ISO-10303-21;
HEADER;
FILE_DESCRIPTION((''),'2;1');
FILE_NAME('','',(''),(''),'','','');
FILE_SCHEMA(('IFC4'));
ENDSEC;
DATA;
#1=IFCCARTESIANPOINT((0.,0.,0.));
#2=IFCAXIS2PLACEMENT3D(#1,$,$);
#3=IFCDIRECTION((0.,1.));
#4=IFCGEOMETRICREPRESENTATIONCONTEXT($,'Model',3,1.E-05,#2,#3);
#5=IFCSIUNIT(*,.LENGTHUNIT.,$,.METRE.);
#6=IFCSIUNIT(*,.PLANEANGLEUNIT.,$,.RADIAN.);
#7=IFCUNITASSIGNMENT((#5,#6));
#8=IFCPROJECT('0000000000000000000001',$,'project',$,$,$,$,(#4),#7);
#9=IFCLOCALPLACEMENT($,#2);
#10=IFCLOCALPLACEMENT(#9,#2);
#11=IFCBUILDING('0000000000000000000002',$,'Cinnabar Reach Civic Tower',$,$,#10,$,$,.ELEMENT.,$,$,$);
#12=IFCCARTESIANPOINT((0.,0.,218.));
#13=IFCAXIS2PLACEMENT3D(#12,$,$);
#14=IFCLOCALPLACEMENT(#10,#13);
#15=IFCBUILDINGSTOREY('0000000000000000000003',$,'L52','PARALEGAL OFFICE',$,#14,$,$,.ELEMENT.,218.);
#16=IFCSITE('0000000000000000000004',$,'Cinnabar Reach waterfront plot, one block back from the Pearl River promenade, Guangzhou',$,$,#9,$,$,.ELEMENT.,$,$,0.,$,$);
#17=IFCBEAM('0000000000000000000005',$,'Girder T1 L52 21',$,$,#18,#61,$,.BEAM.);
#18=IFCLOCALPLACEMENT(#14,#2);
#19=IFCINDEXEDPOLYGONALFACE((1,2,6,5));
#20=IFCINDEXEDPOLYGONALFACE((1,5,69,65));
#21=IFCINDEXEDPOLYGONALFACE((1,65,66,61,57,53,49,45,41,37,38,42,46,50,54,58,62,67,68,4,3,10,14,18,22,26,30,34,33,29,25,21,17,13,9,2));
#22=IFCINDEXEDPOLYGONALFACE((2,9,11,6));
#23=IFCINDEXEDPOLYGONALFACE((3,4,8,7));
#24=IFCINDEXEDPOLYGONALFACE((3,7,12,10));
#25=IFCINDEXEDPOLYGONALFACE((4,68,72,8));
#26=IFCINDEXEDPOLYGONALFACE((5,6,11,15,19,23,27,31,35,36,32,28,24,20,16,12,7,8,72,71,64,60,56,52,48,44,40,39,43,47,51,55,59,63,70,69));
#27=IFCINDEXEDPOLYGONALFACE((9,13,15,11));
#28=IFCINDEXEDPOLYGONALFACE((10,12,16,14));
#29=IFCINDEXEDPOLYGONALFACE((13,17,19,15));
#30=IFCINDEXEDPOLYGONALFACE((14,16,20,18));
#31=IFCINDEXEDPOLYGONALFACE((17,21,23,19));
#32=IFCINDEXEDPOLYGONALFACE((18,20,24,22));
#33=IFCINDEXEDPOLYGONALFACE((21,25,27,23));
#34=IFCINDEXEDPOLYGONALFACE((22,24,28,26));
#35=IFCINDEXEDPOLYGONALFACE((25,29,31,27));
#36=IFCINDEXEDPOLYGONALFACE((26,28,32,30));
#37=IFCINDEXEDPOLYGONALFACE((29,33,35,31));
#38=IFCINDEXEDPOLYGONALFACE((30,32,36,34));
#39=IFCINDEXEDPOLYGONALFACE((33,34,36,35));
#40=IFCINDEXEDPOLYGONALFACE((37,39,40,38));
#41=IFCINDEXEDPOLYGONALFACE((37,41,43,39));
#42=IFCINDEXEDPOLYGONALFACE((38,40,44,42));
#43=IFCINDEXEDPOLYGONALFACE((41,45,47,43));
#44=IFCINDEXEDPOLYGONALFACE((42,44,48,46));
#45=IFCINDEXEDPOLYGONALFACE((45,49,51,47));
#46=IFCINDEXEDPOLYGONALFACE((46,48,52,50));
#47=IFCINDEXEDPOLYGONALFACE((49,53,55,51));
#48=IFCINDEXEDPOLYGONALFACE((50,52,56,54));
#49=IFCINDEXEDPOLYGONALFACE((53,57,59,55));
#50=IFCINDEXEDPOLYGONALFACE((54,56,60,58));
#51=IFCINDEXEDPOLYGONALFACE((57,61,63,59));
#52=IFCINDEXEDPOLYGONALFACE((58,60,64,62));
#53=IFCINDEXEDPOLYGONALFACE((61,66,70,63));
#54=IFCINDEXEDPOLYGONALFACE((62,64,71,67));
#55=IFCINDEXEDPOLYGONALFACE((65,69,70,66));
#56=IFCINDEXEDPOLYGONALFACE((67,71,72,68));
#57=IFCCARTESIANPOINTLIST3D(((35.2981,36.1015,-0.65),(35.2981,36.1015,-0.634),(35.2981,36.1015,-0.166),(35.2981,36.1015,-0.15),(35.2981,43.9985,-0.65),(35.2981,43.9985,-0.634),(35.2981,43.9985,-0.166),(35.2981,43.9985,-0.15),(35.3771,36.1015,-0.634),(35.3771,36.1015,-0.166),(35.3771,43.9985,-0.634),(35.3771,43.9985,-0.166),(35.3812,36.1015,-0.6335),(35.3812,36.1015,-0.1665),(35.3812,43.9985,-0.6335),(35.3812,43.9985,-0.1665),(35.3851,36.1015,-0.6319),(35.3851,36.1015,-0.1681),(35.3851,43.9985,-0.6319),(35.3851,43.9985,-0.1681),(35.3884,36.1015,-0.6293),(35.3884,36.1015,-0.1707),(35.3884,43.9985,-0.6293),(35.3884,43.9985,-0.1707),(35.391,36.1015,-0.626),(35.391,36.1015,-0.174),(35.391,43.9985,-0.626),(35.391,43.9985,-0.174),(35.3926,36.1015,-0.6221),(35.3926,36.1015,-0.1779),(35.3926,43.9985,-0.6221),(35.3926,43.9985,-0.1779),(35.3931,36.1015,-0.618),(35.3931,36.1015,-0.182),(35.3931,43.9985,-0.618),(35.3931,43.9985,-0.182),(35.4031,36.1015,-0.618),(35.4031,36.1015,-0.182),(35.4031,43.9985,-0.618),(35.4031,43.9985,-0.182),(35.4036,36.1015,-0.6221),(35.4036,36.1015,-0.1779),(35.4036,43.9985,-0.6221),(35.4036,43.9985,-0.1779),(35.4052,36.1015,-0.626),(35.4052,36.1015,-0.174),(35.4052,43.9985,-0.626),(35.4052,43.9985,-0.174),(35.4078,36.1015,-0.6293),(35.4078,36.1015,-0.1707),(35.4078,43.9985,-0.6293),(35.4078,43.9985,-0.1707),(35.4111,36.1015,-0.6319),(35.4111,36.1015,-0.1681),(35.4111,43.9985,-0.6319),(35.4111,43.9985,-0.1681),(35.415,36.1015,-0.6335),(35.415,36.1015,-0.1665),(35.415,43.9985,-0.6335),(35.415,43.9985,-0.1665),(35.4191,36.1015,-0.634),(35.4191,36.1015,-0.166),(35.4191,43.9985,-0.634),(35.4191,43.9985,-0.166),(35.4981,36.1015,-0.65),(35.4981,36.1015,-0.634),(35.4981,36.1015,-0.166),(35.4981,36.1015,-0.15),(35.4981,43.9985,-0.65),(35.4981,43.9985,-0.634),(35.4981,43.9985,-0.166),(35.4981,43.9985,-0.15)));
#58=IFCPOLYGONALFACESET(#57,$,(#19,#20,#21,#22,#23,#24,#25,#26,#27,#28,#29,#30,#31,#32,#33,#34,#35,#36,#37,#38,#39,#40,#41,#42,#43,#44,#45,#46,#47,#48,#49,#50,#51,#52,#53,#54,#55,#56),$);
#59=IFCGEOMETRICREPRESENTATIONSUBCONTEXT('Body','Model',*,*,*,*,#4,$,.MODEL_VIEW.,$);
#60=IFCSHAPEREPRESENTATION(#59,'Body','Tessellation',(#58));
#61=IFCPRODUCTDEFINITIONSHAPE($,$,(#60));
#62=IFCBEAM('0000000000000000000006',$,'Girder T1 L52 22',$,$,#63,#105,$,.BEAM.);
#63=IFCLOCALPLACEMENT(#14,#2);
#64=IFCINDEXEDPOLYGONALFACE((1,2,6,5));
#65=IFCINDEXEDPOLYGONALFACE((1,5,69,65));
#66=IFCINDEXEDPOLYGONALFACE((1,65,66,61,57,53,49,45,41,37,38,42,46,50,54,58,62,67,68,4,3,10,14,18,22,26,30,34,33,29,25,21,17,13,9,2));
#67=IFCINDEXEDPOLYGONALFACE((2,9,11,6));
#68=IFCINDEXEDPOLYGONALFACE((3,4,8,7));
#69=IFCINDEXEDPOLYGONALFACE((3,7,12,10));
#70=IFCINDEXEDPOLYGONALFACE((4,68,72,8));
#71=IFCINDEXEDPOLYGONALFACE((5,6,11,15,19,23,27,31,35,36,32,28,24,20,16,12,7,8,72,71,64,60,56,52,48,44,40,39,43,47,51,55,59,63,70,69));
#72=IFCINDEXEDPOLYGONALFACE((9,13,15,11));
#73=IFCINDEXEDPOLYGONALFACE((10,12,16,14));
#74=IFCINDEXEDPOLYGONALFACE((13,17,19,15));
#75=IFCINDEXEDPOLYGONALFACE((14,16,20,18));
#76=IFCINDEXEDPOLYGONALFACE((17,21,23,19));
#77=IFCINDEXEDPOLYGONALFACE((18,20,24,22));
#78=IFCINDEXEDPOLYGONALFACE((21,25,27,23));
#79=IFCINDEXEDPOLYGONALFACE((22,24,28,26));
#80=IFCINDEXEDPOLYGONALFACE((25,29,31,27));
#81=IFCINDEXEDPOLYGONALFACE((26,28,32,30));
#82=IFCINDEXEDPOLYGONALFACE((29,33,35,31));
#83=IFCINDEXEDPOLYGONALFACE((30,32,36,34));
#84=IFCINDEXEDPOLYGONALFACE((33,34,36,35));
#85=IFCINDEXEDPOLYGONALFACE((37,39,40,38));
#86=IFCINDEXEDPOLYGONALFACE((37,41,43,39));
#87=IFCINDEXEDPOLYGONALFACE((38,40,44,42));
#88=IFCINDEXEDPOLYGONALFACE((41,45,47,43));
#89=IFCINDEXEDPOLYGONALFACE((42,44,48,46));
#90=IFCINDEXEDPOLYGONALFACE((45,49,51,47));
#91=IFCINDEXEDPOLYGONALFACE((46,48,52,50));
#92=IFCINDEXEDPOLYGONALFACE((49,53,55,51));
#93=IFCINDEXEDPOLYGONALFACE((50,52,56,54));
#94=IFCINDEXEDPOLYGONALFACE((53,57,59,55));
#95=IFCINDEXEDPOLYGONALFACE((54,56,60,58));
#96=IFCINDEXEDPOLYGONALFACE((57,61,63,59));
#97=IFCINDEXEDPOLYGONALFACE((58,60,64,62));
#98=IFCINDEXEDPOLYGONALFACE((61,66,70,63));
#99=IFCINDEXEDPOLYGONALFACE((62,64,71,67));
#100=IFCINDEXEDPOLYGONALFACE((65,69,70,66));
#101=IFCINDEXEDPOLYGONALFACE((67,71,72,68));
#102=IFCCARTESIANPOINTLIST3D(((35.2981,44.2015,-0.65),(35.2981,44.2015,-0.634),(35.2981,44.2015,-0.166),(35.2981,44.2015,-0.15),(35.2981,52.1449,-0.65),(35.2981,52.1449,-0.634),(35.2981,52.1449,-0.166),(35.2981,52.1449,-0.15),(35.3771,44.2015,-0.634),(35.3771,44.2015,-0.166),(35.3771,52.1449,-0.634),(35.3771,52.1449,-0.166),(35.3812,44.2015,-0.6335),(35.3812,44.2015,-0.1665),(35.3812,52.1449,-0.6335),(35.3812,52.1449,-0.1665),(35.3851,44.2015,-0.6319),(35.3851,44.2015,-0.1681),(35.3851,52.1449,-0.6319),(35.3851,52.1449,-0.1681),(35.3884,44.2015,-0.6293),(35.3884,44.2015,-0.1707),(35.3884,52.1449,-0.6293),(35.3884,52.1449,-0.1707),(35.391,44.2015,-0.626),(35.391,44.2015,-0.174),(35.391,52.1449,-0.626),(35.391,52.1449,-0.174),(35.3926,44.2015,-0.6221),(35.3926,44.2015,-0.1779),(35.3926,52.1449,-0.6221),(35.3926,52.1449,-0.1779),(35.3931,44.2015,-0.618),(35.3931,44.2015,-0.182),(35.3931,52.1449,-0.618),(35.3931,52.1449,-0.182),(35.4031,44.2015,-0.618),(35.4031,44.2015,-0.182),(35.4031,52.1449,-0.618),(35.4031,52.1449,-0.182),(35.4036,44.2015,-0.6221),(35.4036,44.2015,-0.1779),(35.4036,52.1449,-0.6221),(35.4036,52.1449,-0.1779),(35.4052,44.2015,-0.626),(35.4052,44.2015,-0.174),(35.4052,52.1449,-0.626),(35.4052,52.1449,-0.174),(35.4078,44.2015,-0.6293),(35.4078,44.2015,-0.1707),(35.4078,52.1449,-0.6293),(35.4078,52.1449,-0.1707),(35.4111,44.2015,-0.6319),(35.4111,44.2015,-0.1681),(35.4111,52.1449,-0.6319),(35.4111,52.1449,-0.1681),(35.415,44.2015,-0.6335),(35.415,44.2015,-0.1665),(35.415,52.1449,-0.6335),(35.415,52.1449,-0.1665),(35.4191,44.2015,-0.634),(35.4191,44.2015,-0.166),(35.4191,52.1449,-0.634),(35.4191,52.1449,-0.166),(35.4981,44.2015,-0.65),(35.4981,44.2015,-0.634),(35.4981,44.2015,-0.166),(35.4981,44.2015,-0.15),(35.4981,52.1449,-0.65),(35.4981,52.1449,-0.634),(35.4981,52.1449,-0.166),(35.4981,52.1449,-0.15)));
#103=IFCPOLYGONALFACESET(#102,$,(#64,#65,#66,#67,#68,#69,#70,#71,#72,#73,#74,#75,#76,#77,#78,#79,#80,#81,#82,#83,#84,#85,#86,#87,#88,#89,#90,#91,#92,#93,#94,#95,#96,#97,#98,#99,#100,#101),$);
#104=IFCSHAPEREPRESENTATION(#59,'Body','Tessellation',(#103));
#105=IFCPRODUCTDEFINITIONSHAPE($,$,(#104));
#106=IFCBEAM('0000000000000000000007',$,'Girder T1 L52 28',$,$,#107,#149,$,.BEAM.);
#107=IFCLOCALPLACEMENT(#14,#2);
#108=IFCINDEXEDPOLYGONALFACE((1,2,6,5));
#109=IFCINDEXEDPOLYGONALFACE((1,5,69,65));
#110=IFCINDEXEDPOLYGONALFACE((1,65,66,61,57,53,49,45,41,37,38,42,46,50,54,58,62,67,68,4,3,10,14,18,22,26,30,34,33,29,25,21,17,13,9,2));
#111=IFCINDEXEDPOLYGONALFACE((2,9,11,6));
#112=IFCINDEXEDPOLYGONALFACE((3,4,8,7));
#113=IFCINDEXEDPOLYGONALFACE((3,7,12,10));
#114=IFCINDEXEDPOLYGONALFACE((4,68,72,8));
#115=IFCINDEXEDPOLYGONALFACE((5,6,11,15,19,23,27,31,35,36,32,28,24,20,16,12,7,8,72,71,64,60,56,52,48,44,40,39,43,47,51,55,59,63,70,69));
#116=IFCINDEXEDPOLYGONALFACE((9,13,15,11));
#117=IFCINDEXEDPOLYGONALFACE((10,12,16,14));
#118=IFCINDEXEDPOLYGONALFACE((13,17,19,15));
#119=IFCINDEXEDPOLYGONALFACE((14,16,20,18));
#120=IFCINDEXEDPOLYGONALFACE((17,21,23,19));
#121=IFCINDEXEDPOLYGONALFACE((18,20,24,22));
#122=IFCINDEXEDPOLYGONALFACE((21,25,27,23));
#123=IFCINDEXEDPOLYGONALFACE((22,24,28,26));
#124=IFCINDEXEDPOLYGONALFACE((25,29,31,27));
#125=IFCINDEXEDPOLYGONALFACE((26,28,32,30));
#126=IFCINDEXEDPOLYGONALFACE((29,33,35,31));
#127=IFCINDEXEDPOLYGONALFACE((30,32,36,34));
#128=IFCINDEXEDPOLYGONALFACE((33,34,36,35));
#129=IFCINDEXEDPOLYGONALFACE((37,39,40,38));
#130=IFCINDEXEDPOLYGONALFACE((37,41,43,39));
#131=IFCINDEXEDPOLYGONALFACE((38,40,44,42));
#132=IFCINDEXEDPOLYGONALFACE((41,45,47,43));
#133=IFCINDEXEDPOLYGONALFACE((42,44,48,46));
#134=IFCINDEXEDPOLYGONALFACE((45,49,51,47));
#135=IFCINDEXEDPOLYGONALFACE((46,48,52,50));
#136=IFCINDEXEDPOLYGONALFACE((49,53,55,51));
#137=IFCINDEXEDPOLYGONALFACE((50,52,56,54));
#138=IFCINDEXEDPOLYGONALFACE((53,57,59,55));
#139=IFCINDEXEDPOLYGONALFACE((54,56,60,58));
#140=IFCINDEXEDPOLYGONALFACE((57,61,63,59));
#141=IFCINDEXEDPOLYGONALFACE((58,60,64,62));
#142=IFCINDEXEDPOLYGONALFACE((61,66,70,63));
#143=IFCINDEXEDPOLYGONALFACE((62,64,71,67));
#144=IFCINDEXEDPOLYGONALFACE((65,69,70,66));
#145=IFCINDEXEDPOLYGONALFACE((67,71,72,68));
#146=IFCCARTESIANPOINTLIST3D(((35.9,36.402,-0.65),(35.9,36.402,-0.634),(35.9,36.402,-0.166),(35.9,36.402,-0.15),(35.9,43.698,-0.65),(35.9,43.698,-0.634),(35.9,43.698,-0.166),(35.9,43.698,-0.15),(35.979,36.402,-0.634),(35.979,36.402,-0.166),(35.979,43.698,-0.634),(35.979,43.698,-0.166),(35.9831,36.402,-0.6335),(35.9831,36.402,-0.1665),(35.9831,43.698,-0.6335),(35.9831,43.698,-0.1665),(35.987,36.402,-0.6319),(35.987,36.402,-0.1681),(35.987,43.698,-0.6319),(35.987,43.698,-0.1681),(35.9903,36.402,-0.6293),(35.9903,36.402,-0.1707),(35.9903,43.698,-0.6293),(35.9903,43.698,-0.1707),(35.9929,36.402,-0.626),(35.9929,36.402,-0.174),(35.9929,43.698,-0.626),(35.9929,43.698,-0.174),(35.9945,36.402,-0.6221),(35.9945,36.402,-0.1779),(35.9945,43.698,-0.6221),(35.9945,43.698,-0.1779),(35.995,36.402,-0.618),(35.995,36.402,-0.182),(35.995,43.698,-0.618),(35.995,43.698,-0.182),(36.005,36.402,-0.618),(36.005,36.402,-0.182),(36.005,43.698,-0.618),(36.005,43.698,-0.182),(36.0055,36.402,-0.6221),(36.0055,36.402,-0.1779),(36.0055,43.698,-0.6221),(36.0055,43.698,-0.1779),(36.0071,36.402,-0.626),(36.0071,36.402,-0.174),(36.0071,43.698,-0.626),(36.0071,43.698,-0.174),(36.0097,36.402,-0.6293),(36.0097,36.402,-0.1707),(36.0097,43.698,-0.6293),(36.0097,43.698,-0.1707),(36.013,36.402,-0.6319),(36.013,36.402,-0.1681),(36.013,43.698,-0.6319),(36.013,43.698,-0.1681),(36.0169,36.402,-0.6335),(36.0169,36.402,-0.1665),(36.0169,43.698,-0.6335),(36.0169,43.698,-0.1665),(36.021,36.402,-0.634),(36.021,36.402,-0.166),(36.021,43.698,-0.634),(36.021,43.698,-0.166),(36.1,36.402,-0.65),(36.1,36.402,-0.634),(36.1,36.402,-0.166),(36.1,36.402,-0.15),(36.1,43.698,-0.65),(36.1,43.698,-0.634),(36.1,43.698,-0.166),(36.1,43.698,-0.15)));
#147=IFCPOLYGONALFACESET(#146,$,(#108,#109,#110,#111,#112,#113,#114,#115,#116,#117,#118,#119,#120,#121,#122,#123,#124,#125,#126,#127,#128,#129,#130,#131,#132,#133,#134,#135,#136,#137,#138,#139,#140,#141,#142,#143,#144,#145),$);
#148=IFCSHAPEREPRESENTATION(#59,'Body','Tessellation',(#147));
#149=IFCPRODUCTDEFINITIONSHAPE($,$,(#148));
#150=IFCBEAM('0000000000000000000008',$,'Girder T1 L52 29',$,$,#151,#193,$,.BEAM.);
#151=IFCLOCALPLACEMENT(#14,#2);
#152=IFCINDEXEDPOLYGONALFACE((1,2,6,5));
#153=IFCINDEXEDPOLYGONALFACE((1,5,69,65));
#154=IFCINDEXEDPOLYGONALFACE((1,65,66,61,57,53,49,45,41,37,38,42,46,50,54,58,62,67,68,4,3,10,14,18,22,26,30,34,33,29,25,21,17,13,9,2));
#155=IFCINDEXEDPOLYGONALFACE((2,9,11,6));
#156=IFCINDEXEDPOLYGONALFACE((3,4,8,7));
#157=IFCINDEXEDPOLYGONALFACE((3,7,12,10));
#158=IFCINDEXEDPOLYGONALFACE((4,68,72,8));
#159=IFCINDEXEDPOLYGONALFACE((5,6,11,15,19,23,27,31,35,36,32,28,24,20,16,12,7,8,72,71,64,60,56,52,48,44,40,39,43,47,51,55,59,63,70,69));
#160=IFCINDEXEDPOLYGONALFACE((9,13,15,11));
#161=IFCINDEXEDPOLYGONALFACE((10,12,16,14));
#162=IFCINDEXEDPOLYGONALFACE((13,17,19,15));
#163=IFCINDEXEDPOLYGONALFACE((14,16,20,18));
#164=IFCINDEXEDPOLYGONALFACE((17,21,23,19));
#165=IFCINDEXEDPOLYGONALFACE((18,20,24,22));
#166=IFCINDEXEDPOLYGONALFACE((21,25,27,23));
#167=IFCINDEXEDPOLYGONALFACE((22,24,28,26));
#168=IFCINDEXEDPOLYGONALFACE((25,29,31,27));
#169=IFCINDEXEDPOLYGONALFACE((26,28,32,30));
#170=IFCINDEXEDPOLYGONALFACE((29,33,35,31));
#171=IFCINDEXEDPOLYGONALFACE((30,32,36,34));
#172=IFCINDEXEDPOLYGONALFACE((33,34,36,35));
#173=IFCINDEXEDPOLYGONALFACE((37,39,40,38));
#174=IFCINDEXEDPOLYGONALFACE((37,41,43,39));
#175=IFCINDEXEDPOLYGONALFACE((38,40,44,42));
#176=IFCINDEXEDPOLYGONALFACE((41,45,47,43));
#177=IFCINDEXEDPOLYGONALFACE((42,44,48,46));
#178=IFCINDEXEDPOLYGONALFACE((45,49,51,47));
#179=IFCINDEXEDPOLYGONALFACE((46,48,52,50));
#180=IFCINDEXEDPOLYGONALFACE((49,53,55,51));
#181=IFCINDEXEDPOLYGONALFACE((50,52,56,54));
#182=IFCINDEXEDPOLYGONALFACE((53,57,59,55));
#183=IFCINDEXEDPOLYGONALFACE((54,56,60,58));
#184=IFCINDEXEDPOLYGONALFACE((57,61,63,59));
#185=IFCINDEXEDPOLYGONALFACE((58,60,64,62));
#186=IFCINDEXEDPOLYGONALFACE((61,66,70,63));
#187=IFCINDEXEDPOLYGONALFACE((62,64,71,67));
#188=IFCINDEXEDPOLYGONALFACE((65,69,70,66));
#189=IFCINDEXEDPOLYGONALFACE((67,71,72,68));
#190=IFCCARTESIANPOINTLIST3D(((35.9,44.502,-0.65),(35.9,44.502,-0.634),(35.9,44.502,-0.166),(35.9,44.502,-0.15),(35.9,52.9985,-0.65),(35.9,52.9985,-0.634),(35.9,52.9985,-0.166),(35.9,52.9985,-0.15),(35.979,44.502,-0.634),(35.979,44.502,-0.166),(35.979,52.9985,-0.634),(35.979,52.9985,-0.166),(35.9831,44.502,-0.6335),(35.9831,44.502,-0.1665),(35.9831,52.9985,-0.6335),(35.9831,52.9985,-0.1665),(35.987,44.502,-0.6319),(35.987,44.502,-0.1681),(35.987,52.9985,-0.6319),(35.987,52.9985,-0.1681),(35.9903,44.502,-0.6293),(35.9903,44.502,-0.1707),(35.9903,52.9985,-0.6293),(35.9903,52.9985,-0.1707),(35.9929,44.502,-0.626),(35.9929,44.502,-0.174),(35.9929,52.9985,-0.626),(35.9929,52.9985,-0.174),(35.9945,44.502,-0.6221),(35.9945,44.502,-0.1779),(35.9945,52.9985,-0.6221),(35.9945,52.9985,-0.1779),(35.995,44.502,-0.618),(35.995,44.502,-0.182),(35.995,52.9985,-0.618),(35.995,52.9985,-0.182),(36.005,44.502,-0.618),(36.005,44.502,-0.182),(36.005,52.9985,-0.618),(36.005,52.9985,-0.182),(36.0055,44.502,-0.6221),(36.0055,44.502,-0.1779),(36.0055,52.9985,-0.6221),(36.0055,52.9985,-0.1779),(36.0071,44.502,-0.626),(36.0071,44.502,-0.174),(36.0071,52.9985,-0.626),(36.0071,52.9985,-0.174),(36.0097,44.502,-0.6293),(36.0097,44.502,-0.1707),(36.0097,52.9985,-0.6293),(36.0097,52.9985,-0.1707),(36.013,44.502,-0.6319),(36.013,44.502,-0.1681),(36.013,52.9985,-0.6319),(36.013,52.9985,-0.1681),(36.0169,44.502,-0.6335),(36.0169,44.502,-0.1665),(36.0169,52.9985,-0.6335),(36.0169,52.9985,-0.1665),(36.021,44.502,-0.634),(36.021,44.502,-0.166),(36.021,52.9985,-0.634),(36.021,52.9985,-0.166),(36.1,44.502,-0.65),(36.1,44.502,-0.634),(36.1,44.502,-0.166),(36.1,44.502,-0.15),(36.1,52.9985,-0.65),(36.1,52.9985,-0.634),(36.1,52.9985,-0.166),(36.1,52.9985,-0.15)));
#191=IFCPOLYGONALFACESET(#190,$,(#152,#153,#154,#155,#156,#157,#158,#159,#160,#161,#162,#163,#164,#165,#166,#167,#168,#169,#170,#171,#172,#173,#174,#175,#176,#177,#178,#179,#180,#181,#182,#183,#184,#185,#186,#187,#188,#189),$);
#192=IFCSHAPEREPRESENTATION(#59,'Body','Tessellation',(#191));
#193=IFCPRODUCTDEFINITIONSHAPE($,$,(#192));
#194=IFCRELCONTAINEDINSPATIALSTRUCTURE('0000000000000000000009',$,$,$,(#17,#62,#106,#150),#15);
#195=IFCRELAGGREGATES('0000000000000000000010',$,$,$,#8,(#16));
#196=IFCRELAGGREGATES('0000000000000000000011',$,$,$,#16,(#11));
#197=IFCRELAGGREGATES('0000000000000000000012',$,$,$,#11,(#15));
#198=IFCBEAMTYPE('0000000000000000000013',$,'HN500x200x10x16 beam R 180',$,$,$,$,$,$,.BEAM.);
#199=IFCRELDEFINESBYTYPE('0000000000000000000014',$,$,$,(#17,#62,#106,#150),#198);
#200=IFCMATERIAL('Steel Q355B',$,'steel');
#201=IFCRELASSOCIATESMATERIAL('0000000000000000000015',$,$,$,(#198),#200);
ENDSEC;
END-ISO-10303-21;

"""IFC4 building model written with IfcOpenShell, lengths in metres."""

from ifc_helpers import new_model, si_unit, direction, frame, origin, origin_2d, place, context, subcontext, project, spatial, i_section, extrude, material, material_profile, profile_set, type_object, element, save


model = new_model("IFC4")

# Units and contexts
model_context = context("Model", 3, precision=1e-05, world=origin(), true_north=direction((0.0, 1.0)))
body_context = subcontext(model_context, "Body", "Model", "MODEL_VIEW")
ifc_project = project(units=[si_unit("LENGTHUNIT", "METRE"), si_unit("PLANEANGLEUNIT", "RADIAN")], contexts=[model_context])

# Site, building, storey
site_placement = place(None, origin())
site = spatial("IfcSite", under=ifc_project, at=site_placement, Name="Cinnabar Reach waterfront plot, one block back from the Pearl River promenade, Guangzhou", CompositionType="ELEMENT", RefElevation=0.0)
building_placement = place(site_placement, origin())
building = spatial("IfcBuilding", under=site, at=building_placement, Name="Cinnabar Reach Civic Tower", CompositionType="ELEMENT")
storey_placement = place(building_placement, frame((0.0, 0.0, 218.0)))
storey = spatial("IfcBuildingStorey", under=building, at=storey_placement, Name="L52", Description="PARALEGAL OFFICE", CompositionType="ELEMENT", Elevation=218.0)

# Beams
ifc_material_1 = material(Name="Steel Q355B", Category="steel")
ifc_material_profile_1 = material_profile(ifc_material_1, i_section(OverallWidth=0.2, OverallDepth=0.5, WebThickness=0.01, FlangeThickness=0.016, FilletRadius=0.016, at=origin_2d()), Name="HN500x200x10x16")
ifc_profile_set_1 = profile_set([ifc_material_profile_1], Name="Steel Q355B")
beam_type_1 = type_object("IfcBeamType", Name="HN500x200x10x16 beam R 180", PredefinedType="BEAM", material=ifc_profile_set_1)
beam_1_placement = place(storey_placement, frame((35.3981, 36.1015, -0.4), z_axis=(0.0, 1.0, 0.0), x_axis=(-1.0, 0.0, 0.0)))
element("IfcBeam", 1, at=beam_1_placement, inside=storey, type_object=beam_type_1, Name="Girder T1 L52 21", PredefinedType="BEAM", context=body_context, shape_type="SweptSolid", body=[
    extrude(i_section(OverallWidth=0.2, OverallDepth=0.5, WebThickness=0.01, FlangeThickness=0.016, FilletRadius=0.016, at=origin_2d()), origin(), (0.0, 0.0, 1.0), 7.897),
])
beam_2_placement = place(storey_placement, frame((35.3981, 44.2015, -0.4), z_axis=(0.0, 1.0, 0.0), x_axis=(-1.0, 0.0, 0.0)))
element("IfcBeam", 2, at=beam_2_placement, inside=storey, type_object=beam_type_1, Name="Girder T1 L52 22", PredefinedType="BEAM", context=body_context, shape_type="SweptSolid", body=[
    extrude(i_section(OverallWidth=0.2, OverallDepth=0.5, WebThickness=0.01, FlangeThickness=0.016, FilletRadius=0.016, at=origin_2d()), origin(), (0.0, 0.0, 1.0), 7.9434),
])
beam_3_placement = place(storey_placement, frame((36.0, 36.402, -0.4), z_axis=(0.0, 1.0, 0.0), x_axis=(-1.0, 0.0, 0.0)))
element("IfcBeam", 3, at=beam_3_placement, inside=storey, type_object=beam_type_1, Name="Girder T1 L52 28", PredefinedType="BEAM", context=body_context, shape_type="SweptSolid", body=[
    extrude(i_section(OverallWidth=0.2, OverallDepth=0.5, WebThickness=0.01, FlangeThickness=0.016, FilletRadius=0.016, at=origin_2d()), origin(), (0.0, 0.0, 1.0), 7.296),
])
beam_4_placement = place(storey_placement, frame((36.0, 44.502, -0.4), z_axis=(0.0, 1.0, 0.0), x_axis=(-1.0, 0.0, 0.0)))
element("IfcBeam", 4, at=beam_4_placement, inside=storey, type_object=beam_type_1, Name="Girder T1 L52 29", PredefinedType="BEAM", context=body_context, shape_type="SweptSolid", body=[
    extrude(i_section(OverallWidth=0.2, OverallDepth=0.5, WebThickness=0.01, FlangeThickness=0.016, FilletRadius=0.016, at=origin_2d()), origin(), (0.0, 0.0, 1.0), 8.4965),
])

save(model, "model.ifc")
